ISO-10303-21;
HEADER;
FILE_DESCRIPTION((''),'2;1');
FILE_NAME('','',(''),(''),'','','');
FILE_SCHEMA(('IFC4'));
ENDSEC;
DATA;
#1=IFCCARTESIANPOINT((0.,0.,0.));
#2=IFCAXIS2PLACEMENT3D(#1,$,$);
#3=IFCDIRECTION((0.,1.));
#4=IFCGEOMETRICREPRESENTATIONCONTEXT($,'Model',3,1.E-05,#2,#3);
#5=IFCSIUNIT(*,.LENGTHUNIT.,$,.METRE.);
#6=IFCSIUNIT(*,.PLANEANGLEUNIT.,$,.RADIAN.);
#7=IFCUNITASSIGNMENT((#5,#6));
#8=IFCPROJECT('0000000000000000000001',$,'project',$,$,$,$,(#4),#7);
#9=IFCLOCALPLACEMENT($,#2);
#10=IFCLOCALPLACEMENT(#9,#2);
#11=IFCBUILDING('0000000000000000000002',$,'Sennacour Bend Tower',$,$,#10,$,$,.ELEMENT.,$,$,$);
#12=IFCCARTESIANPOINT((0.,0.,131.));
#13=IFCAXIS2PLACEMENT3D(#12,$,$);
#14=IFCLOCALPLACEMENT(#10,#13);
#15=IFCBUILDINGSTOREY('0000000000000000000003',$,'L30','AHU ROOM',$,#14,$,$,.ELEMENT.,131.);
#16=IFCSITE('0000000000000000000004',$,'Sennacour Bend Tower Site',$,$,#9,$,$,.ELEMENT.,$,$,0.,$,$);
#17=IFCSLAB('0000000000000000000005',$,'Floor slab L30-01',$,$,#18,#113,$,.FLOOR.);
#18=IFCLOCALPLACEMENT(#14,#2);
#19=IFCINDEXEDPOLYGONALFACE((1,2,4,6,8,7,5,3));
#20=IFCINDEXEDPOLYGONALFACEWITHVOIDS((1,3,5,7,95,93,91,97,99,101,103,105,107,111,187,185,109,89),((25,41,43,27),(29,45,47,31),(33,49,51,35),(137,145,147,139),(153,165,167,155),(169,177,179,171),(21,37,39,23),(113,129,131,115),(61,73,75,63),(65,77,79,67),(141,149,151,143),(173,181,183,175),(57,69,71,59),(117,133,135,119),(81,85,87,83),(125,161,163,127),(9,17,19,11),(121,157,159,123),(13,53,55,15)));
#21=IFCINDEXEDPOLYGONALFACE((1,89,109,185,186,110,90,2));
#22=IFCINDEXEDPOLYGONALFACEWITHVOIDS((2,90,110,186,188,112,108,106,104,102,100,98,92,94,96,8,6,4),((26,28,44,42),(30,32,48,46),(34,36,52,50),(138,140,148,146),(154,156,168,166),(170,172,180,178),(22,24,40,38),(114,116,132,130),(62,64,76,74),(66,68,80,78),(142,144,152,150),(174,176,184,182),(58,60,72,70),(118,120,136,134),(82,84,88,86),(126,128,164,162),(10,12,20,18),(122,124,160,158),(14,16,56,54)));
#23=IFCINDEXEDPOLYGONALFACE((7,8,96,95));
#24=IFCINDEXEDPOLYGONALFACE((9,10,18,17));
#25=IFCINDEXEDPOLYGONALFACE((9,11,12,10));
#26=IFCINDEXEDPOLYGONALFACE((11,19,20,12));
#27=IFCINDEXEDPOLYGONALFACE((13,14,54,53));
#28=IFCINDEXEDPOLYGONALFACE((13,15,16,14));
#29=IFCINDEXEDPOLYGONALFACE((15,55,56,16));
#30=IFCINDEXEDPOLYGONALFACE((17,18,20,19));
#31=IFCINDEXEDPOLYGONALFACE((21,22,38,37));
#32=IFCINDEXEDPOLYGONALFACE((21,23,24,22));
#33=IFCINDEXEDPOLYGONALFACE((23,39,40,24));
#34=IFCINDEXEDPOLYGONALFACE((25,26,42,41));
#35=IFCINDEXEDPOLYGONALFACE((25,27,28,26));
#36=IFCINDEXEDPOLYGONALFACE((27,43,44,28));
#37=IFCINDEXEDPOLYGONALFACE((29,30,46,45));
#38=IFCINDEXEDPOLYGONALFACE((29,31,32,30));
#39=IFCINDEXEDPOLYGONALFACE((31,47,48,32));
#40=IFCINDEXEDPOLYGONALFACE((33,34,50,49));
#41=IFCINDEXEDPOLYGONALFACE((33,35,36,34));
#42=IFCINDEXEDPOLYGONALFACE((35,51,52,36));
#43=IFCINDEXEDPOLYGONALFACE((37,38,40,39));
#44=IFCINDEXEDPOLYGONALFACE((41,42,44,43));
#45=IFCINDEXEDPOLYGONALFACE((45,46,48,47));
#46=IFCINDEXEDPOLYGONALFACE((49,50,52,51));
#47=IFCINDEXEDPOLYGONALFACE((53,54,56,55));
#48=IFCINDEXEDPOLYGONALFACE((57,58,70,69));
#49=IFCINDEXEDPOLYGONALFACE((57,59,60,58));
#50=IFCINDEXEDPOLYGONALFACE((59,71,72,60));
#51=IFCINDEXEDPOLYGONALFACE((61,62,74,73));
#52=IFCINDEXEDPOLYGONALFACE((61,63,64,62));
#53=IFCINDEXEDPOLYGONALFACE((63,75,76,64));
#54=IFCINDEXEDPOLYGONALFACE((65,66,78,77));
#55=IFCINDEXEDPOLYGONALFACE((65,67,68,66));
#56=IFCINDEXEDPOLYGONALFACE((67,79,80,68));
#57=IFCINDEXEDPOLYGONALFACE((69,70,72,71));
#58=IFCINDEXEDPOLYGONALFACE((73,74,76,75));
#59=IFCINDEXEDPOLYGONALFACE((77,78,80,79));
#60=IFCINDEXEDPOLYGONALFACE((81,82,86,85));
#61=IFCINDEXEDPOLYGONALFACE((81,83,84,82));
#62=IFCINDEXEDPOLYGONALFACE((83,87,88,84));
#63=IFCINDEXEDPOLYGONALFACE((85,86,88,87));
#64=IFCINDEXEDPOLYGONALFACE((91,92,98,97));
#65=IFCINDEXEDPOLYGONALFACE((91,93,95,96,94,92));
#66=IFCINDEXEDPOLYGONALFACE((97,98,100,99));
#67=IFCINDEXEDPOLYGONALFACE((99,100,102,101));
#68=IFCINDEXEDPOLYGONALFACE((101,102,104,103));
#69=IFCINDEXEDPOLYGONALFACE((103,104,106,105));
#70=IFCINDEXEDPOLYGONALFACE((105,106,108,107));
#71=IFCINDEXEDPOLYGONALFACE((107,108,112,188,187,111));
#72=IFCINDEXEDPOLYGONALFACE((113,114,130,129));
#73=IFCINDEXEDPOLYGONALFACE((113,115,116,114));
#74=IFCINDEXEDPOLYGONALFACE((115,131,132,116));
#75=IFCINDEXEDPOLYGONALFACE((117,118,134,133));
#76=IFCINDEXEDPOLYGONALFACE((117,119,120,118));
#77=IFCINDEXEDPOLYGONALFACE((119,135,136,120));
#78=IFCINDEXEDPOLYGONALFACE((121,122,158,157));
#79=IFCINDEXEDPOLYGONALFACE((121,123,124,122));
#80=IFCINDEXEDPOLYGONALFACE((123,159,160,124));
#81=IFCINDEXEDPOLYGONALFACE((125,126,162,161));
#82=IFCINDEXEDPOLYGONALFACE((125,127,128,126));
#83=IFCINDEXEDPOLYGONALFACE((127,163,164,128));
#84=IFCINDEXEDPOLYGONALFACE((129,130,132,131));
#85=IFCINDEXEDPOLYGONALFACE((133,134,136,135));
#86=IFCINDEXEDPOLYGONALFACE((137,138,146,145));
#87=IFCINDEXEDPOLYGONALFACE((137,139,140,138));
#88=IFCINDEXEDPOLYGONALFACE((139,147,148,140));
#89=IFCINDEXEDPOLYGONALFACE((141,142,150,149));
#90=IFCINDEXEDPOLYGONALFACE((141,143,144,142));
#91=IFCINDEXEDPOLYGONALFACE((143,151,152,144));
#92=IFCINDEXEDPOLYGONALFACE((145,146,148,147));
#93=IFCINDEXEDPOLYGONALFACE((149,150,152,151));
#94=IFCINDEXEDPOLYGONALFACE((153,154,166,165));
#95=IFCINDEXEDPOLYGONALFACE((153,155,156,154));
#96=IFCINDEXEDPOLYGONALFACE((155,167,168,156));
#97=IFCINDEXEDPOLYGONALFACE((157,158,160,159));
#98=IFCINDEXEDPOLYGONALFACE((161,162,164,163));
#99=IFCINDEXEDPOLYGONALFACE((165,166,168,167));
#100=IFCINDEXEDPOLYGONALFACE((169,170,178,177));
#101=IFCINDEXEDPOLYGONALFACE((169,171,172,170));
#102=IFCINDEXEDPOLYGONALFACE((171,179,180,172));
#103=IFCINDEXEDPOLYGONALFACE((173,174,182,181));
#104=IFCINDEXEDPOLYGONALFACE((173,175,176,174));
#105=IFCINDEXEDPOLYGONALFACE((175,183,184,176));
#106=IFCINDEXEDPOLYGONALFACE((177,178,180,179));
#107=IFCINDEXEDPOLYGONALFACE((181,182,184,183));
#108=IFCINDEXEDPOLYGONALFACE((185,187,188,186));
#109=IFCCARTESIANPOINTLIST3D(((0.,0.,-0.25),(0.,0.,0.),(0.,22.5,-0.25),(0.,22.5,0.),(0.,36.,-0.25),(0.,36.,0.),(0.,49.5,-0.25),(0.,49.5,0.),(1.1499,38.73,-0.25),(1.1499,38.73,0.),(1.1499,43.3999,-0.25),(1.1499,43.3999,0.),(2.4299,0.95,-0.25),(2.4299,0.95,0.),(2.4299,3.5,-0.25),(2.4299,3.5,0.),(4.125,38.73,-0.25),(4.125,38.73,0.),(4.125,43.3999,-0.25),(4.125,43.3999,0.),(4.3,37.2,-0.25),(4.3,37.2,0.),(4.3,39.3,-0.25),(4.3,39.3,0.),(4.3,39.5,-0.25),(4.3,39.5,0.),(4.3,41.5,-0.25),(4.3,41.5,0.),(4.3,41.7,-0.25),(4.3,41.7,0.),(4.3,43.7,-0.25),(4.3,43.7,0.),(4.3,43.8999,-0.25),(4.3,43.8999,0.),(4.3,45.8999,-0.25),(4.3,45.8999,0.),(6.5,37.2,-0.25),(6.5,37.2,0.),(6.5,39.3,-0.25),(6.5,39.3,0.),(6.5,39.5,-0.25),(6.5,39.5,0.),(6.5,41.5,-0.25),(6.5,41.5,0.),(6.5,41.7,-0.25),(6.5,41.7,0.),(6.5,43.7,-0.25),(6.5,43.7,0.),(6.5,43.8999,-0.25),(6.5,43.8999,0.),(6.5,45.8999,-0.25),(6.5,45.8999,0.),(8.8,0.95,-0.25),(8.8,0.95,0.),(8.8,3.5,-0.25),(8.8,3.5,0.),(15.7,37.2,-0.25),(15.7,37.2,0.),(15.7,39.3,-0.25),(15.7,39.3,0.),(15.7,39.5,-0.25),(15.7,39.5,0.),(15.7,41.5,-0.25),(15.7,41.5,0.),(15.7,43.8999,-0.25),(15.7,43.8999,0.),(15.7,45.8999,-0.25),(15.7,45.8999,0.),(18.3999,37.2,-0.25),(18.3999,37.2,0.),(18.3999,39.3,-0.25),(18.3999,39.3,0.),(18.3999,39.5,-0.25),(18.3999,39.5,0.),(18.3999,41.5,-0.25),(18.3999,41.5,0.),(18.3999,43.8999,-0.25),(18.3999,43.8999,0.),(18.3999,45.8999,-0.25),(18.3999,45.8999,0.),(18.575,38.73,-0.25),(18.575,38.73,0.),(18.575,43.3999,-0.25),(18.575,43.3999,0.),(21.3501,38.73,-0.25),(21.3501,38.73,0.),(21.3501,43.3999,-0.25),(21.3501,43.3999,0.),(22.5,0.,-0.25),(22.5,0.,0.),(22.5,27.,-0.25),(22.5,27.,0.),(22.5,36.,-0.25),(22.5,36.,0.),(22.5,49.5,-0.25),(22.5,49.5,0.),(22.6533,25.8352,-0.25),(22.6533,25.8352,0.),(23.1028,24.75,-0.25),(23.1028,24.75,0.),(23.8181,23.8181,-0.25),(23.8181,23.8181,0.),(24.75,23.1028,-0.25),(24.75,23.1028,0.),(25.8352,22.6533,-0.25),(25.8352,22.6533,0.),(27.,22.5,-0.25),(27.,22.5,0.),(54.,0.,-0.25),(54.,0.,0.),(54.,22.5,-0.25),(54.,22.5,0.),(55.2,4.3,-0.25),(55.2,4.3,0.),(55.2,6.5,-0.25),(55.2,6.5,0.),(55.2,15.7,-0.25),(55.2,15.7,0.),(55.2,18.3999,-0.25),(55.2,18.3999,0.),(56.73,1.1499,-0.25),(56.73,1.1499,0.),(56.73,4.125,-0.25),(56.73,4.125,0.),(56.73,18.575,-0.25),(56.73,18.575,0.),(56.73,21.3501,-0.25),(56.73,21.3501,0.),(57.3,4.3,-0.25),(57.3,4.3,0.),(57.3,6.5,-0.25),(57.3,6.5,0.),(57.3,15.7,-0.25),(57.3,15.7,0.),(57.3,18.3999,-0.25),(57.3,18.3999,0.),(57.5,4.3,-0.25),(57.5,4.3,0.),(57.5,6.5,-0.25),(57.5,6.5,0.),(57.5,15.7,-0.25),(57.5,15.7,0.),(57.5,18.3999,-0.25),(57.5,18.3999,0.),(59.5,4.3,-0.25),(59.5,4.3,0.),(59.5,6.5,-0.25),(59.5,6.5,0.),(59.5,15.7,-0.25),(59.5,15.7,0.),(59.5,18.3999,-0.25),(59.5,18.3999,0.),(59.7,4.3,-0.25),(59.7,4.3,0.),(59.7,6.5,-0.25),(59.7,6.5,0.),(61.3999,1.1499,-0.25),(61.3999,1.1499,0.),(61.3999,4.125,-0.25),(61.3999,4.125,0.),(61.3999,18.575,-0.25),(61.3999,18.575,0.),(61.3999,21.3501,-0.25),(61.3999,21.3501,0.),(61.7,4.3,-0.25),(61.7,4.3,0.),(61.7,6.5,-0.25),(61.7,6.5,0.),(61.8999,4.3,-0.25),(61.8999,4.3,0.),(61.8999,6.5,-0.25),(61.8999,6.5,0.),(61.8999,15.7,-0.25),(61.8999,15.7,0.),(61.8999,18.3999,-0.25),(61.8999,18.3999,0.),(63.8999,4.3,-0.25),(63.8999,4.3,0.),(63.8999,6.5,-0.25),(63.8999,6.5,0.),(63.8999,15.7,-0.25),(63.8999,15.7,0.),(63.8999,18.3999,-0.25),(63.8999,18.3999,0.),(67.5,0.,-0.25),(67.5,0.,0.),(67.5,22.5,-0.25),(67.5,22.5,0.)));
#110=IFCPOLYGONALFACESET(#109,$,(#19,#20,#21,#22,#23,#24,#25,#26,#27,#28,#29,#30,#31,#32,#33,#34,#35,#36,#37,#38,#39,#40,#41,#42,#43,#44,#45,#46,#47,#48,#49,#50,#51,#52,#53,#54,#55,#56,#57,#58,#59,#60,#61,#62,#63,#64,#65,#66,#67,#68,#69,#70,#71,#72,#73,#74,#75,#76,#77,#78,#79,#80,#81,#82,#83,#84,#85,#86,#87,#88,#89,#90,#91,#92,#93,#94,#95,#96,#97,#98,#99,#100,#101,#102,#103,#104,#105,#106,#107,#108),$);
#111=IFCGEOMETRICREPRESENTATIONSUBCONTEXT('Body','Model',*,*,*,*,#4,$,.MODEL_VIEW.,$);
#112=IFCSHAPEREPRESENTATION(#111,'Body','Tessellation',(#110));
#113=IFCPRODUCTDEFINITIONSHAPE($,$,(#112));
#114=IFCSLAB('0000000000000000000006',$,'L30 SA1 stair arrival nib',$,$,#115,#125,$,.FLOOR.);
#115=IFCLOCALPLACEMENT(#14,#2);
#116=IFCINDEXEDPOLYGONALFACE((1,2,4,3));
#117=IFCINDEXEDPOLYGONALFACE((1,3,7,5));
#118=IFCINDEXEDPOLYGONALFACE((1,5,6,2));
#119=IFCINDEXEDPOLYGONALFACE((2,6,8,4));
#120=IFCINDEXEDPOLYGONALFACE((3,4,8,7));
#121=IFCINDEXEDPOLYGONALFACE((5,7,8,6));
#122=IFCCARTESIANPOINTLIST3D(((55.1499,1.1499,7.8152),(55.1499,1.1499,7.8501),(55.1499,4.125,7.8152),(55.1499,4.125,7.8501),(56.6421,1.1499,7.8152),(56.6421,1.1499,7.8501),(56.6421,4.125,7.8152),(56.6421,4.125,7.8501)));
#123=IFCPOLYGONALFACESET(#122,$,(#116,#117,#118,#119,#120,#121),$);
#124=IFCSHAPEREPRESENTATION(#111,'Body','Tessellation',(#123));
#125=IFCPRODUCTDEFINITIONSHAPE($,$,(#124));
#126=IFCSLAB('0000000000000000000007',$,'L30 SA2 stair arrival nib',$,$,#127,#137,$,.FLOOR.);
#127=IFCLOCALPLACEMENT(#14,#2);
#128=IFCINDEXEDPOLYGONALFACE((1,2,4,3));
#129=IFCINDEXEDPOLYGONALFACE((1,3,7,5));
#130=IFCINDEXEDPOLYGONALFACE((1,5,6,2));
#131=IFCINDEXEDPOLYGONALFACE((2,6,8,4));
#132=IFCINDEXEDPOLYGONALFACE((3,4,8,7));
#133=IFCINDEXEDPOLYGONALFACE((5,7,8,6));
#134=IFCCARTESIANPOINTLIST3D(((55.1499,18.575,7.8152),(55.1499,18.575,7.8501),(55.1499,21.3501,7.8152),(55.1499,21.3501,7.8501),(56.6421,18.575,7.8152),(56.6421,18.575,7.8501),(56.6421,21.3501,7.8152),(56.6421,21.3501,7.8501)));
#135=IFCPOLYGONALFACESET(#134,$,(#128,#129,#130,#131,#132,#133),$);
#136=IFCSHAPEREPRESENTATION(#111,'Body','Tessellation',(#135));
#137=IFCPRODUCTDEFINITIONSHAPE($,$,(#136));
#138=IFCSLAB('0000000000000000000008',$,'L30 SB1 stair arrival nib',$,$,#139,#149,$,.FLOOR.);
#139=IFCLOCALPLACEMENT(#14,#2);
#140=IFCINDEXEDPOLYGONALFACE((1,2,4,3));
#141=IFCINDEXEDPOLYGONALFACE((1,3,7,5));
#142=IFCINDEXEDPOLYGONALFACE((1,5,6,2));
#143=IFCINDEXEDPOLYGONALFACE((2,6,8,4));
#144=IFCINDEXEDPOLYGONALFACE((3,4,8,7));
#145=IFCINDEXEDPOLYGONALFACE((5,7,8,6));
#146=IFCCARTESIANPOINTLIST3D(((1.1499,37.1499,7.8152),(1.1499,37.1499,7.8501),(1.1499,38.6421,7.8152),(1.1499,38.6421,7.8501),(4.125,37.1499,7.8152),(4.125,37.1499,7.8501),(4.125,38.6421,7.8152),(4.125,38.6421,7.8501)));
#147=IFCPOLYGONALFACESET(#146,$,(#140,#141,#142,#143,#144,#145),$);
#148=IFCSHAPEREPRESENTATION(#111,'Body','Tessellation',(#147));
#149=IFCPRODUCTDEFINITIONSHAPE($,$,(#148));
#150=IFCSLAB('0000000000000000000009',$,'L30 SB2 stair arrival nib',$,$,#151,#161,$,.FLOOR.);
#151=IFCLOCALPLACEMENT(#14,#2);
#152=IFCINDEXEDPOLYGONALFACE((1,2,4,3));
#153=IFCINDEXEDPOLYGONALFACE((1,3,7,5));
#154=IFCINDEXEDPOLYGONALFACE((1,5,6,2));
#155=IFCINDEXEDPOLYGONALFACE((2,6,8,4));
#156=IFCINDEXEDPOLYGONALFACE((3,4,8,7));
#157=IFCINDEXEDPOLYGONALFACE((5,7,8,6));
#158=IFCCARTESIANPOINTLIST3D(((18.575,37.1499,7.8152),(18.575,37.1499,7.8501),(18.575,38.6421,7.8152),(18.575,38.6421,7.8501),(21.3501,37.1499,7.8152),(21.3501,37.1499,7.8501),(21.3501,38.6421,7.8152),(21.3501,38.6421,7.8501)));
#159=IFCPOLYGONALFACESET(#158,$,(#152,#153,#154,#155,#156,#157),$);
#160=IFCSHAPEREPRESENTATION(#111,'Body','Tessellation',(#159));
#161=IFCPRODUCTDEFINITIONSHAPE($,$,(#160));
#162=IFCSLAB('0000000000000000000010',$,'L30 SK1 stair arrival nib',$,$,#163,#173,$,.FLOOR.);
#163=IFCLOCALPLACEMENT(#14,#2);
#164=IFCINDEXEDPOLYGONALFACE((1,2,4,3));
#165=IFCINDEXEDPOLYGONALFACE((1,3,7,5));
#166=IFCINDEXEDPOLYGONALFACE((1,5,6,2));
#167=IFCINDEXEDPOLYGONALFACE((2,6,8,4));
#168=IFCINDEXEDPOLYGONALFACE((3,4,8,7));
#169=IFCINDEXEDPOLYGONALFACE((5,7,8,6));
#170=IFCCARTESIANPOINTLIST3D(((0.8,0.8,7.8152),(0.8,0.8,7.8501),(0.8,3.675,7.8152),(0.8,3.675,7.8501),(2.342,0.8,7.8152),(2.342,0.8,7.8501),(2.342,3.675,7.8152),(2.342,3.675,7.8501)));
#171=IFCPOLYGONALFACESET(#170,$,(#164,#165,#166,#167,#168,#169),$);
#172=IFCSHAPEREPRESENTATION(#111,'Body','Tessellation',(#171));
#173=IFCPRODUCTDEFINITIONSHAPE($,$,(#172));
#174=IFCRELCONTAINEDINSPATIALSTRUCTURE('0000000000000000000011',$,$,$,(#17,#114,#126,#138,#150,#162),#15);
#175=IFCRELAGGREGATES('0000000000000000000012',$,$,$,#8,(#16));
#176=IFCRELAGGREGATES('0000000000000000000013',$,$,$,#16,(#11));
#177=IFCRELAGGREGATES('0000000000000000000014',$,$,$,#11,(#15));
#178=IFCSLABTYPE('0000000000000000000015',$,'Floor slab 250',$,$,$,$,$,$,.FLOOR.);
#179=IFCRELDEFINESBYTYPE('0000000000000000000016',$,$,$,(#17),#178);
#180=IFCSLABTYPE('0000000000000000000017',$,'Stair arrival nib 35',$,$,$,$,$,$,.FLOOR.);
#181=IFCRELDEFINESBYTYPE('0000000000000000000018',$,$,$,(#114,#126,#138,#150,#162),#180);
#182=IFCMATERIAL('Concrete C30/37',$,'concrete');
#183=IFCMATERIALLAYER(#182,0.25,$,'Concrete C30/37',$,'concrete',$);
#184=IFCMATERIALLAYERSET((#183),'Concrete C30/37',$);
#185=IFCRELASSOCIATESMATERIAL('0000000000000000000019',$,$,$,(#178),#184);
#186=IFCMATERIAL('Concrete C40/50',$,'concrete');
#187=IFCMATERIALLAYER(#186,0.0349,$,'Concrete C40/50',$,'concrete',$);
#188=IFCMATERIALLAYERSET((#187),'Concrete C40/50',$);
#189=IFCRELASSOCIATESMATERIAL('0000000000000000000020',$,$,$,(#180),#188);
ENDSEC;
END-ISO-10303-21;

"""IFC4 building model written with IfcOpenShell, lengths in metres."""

from ifc_helpers import new_model, si_unit, direction, frame, origin, place, context, subcontext, project, spatial, polyline, outline, extrude, material, layer, layer_set, type_object, element, save


model = new_model("IFC4")

# Units and contexts
model_context = context("Model", 3, precision=1e-05, world=origin(), true_north=direction((0.0, 1.0)))
body_context = subcontext(model_context, "Body", "Model", "MODEL_VIEW")
ifc_project = project(units=[si_unit("LENGTHUNIT", "METRE"), si_unit("PLANEANGLEUNIT", "RADIAN")], contexts=[model_context])

# Site, building, storey
site_placement = place(None, origin())
site = spatial("IfcSite", under=ifc_project, at=site_placement, Name="Sennacour Bend Tower Site", CompositionType="ELEMENT", RefElevation=0.0)
building_placement = place(site_placement, origin())
building = spatial("IfcBuilding", under=site, at=building_placement, Name="Sennacour Bend Tower", CompositionType="ELEMENT")
storey_placement = place(building_placement, frame((0.0, 0.0, 131.0)))
storey = spatial("IfcBuildingStorey", under=building, at=storey_placement, Name="L30", Description="AHU ROOM", CompositionType="ELEMENT", Elevation=131.0)

# Slabs
ifc_material_1 = material(Name="Concrete C30/37", Category="concrete")
ifc_layer_1 = layer(ifc_material_1, 0.25, Name="Concrete C30/37", Category="concrete")
ifc_layer_set_1 = layer_set([ifc_layer_1], Name="Concrete C30/37")
slab_type_1 = type_object("IfcSlabType", Name="Floor slab 250", PredefinedType="FLOOR", material=ifc_layer_set_1)
slab_1_placement = place(storey_placement, frame((0.0, 0.0, -0.25)))
element("IfcSlab", 1, at=slab_1_placement, inside=storey, type_object=slab_type_1, Name="Floor slab L30-01", PredefinedType="FLOOR", context=body_context, shape_type="SweptSolid", body=[
    extrude(outline(polyline([(0.0, 36.0), (0.0, 49.5), (22.5, 49.5), (22.5, 36.0), (22.5, 27.0), (22.6533, 25.8352), (23.1028, 24.75), (23.8181, 23.8181), (24.75, 23.1028), (25.8352, 22.6533), (27.0, 22.5), (54.0, 22.5), (67.5, 22.5), (67.5, 0.0), (54.0, 0.0), (22.5, 0.0), (0.0, 0.0), (0.0, 22.5), (0.0, 36.0)]), holes=[polyline([(8.8, 0.95), (8.8, 3.5), (2.4299, 3.5), (2.4299, 0.95), (8.8, 0.95)]), polyline([(6.5, 37.2), (6.5, 39.3), (4.3, 39.3), (4.3, 37.2), (6.5, 37.2)]), polyline([(18.3999, 37.2), (18.3999, 39.3), (15.7, 39.3), (15.7, 37.2), (18.3999, 37.2)]), polyline([(6.5, 39.5), (6.5, 41.5), (4.3, 41.5), (4.3, 39.5), (6.5, 39.5)]), polyline([(18.3999, 39.5), (18.3999, 41.5), (15.7, 41.5), (15.7, 39.5), (18.3999, 39.5)]), polyline([(4.125, 38.73), (4.125, 43.3999), (1.1499, 43.3999), (1.1499, 38.73), (4.125, 38.73)]), polyline([(21.3501, 38.73), (21.3501, 43.3999), (18.575, 43.3999), (18.575, 38.73), (21.3501, 38.73)]), polyline([(4.3, 41.7), (6.5, 41.7), (6.5, 43.7), (4.3, 43.7), (4.3, 41.7)]), polyline([(4.3, 43.8999), (6.5, 43.8999), (6.5, 45.8999), (4.3, 45.8999), (4.3, 43.8999)]), polyline([(18.3999, 43.8999), (18.3999, 45.8999), (15.7, 45.8999), (15.7, 43.8999), (18.3999, 43.8999)]), polyline([(61.3999, 1.1499), (61.3999, 4.125), (56.73, 4.125), (56.73, 1.1499), (61.3999, 1.1499)]), polyline([(57.3, 4.3), (57.3, 6.5), (55.2, 6.5), (55.2, 4.3), (57.3, 4.3)]), polyline([(57.5, 4.3), (59.5, 4.3), (59.5, 6.5), (57.5, 6.5), (57.5, 4.3)]), polyline([(59.7, 4.3), (61.7, 4.3), (61.7, 6.5), (59.7, 6.5), (59.7, 4.3)]), polyline([(63.8999, 4.3), (63.8999, 6.5), (61.8999, 6.5), (61.8999, 4.3), (63.8999, 4.3)]), polyline([(57.3, 15.7), (57.3, 18.3999), (55.2, 18.3999), (55.2, 15.7), (57.3, 15.7)]), polyline([(59.5, 15.7), (59.5, 18.3999), (57.5, 18.3999), (57.5, 15.7), (59.5, 15.7)]), polyline([(61.8999, 15.7), (63.8999, 15.7), (63.8999, 18.3999), (61.8999, 18.3999), (61.8999, 15.7)]), polyline([(56.73, 18.575), (61.3999, 18.575), (61.3999, 21.3501), (56.73, 21.3501), (56.73, 18.575)])]), origin(), (0.0, 0.0, 1.0), 0.25),
])
ifc_material_2 = material(Name="Concrete C40/50", Category="concrete")
ifc_layer_2 = layer(ifc_material_2, 0.0349, Name="Concrete C40/50", Category="concrete")
ifc_layer_set_2 = layer_set([ifc_layer_2], Name="Concrete C40/50")
slab_type_2 = type_object("IfcSlabType", Name="Stair arrival nib 35", PredefinedType="FLOOR", material=ifc_layer_set_2)
slab_2_placement = place(storey_placement, frame((0.0, 0.0, 7.8152)))
element("IfcSlab", 2, at=slab_2_placement, inside=storey, type_object=slab_type_2, Name="L30 SA1 stair arrival nib", PredefinedType="FLOOR", context=body_context, shape_type="SweptSolid", body=[
    extrude(outline(polyline([(56.6421, 4.125), (55.1499, 4.125), (55.1499, 1.1499), (56.6421, 1.1499), (56.6421, 4.125)])), origin(), (0.0, 0.0, 1.0), 0.0349),
])
slab_3_placement = place(storey_placement, frame((0.0, 0.0, 7.8152)))
element("IfcSlab", 3, at=slab_3_placement, inside=storey, type_object=slab_type_2, Name="L30 SA2 stair arrival nib", PredefinedType="FLOOR", context=body_context, shape_type="SweptSolid", body=[
    extrude(outline(polyline([(56.6421, 21.3501), (55.1499, 21.3501), (55.1499, 18.575), (56.6421, 18.575), (56.6421, 21.3501)])), origin(), (0.0, 0.0, 1.0), 0.0349),
])
slab_4_placement = place(storey_placement, frame((0.0, 0.0, 7.8152)))
element("IfcSlab", 4, at=slab_4_placement, inside=storey, type_object=slab_type_2, Name="L30 SB1 stair arrival nib", PredefinedType="FLOOR", context=body_context, shape_type="SweptSolid", body=[
    extrude(outline(polyline([(1.1499, 38.6421), (1.1499, 37.1499), (4.125, 37.1499), (4.125, 38.6421), (1.1499, 38.6421)])), origin(), (0.0, 0.0, 1.0), 0.0349),
])
slab_5_placement = place(storey_placement, frame((0.0, 0.0, 7.8152)))
element("IfcSlab", 5, at=slab_5_placement, inside=storey, type_object=slab_type_2, Name="L30 SB2 stair arrival nib", PredefinedType="FLOOR", context=body_context, shape_type="SweptSolid", body=[
    extrude(outline(polyline([(18.575, 38.6421), (18.575, 37.1499), (21.3501, 37.1499), (21.3501, 38.6421), (18.575, 38.6421)])), origin(), (0.0, 0.0, 1.0), 0.0349),
])
slab_6_placement = place(storey_placement, frame((0.0, 0.0, 7.8152)))
element("IfcSlab", 6, at=slab_6_placement, inside=storey, type_object=slab_type_2, Name="L30 SK1 stair arrival nib", PredefinedType="FLOOR", context=body_context, shape_type="SweptSolid", body=[
    extrude(outline(polyline([(2.342, 3.675), (0.8, 3.675), (0.8, 0.8), (2.342, 0.8), (2.342, 3.675)])), origin(), (0.0, 0.0, 1.0), 0.0349),
])

save(model, "model.ifc")
